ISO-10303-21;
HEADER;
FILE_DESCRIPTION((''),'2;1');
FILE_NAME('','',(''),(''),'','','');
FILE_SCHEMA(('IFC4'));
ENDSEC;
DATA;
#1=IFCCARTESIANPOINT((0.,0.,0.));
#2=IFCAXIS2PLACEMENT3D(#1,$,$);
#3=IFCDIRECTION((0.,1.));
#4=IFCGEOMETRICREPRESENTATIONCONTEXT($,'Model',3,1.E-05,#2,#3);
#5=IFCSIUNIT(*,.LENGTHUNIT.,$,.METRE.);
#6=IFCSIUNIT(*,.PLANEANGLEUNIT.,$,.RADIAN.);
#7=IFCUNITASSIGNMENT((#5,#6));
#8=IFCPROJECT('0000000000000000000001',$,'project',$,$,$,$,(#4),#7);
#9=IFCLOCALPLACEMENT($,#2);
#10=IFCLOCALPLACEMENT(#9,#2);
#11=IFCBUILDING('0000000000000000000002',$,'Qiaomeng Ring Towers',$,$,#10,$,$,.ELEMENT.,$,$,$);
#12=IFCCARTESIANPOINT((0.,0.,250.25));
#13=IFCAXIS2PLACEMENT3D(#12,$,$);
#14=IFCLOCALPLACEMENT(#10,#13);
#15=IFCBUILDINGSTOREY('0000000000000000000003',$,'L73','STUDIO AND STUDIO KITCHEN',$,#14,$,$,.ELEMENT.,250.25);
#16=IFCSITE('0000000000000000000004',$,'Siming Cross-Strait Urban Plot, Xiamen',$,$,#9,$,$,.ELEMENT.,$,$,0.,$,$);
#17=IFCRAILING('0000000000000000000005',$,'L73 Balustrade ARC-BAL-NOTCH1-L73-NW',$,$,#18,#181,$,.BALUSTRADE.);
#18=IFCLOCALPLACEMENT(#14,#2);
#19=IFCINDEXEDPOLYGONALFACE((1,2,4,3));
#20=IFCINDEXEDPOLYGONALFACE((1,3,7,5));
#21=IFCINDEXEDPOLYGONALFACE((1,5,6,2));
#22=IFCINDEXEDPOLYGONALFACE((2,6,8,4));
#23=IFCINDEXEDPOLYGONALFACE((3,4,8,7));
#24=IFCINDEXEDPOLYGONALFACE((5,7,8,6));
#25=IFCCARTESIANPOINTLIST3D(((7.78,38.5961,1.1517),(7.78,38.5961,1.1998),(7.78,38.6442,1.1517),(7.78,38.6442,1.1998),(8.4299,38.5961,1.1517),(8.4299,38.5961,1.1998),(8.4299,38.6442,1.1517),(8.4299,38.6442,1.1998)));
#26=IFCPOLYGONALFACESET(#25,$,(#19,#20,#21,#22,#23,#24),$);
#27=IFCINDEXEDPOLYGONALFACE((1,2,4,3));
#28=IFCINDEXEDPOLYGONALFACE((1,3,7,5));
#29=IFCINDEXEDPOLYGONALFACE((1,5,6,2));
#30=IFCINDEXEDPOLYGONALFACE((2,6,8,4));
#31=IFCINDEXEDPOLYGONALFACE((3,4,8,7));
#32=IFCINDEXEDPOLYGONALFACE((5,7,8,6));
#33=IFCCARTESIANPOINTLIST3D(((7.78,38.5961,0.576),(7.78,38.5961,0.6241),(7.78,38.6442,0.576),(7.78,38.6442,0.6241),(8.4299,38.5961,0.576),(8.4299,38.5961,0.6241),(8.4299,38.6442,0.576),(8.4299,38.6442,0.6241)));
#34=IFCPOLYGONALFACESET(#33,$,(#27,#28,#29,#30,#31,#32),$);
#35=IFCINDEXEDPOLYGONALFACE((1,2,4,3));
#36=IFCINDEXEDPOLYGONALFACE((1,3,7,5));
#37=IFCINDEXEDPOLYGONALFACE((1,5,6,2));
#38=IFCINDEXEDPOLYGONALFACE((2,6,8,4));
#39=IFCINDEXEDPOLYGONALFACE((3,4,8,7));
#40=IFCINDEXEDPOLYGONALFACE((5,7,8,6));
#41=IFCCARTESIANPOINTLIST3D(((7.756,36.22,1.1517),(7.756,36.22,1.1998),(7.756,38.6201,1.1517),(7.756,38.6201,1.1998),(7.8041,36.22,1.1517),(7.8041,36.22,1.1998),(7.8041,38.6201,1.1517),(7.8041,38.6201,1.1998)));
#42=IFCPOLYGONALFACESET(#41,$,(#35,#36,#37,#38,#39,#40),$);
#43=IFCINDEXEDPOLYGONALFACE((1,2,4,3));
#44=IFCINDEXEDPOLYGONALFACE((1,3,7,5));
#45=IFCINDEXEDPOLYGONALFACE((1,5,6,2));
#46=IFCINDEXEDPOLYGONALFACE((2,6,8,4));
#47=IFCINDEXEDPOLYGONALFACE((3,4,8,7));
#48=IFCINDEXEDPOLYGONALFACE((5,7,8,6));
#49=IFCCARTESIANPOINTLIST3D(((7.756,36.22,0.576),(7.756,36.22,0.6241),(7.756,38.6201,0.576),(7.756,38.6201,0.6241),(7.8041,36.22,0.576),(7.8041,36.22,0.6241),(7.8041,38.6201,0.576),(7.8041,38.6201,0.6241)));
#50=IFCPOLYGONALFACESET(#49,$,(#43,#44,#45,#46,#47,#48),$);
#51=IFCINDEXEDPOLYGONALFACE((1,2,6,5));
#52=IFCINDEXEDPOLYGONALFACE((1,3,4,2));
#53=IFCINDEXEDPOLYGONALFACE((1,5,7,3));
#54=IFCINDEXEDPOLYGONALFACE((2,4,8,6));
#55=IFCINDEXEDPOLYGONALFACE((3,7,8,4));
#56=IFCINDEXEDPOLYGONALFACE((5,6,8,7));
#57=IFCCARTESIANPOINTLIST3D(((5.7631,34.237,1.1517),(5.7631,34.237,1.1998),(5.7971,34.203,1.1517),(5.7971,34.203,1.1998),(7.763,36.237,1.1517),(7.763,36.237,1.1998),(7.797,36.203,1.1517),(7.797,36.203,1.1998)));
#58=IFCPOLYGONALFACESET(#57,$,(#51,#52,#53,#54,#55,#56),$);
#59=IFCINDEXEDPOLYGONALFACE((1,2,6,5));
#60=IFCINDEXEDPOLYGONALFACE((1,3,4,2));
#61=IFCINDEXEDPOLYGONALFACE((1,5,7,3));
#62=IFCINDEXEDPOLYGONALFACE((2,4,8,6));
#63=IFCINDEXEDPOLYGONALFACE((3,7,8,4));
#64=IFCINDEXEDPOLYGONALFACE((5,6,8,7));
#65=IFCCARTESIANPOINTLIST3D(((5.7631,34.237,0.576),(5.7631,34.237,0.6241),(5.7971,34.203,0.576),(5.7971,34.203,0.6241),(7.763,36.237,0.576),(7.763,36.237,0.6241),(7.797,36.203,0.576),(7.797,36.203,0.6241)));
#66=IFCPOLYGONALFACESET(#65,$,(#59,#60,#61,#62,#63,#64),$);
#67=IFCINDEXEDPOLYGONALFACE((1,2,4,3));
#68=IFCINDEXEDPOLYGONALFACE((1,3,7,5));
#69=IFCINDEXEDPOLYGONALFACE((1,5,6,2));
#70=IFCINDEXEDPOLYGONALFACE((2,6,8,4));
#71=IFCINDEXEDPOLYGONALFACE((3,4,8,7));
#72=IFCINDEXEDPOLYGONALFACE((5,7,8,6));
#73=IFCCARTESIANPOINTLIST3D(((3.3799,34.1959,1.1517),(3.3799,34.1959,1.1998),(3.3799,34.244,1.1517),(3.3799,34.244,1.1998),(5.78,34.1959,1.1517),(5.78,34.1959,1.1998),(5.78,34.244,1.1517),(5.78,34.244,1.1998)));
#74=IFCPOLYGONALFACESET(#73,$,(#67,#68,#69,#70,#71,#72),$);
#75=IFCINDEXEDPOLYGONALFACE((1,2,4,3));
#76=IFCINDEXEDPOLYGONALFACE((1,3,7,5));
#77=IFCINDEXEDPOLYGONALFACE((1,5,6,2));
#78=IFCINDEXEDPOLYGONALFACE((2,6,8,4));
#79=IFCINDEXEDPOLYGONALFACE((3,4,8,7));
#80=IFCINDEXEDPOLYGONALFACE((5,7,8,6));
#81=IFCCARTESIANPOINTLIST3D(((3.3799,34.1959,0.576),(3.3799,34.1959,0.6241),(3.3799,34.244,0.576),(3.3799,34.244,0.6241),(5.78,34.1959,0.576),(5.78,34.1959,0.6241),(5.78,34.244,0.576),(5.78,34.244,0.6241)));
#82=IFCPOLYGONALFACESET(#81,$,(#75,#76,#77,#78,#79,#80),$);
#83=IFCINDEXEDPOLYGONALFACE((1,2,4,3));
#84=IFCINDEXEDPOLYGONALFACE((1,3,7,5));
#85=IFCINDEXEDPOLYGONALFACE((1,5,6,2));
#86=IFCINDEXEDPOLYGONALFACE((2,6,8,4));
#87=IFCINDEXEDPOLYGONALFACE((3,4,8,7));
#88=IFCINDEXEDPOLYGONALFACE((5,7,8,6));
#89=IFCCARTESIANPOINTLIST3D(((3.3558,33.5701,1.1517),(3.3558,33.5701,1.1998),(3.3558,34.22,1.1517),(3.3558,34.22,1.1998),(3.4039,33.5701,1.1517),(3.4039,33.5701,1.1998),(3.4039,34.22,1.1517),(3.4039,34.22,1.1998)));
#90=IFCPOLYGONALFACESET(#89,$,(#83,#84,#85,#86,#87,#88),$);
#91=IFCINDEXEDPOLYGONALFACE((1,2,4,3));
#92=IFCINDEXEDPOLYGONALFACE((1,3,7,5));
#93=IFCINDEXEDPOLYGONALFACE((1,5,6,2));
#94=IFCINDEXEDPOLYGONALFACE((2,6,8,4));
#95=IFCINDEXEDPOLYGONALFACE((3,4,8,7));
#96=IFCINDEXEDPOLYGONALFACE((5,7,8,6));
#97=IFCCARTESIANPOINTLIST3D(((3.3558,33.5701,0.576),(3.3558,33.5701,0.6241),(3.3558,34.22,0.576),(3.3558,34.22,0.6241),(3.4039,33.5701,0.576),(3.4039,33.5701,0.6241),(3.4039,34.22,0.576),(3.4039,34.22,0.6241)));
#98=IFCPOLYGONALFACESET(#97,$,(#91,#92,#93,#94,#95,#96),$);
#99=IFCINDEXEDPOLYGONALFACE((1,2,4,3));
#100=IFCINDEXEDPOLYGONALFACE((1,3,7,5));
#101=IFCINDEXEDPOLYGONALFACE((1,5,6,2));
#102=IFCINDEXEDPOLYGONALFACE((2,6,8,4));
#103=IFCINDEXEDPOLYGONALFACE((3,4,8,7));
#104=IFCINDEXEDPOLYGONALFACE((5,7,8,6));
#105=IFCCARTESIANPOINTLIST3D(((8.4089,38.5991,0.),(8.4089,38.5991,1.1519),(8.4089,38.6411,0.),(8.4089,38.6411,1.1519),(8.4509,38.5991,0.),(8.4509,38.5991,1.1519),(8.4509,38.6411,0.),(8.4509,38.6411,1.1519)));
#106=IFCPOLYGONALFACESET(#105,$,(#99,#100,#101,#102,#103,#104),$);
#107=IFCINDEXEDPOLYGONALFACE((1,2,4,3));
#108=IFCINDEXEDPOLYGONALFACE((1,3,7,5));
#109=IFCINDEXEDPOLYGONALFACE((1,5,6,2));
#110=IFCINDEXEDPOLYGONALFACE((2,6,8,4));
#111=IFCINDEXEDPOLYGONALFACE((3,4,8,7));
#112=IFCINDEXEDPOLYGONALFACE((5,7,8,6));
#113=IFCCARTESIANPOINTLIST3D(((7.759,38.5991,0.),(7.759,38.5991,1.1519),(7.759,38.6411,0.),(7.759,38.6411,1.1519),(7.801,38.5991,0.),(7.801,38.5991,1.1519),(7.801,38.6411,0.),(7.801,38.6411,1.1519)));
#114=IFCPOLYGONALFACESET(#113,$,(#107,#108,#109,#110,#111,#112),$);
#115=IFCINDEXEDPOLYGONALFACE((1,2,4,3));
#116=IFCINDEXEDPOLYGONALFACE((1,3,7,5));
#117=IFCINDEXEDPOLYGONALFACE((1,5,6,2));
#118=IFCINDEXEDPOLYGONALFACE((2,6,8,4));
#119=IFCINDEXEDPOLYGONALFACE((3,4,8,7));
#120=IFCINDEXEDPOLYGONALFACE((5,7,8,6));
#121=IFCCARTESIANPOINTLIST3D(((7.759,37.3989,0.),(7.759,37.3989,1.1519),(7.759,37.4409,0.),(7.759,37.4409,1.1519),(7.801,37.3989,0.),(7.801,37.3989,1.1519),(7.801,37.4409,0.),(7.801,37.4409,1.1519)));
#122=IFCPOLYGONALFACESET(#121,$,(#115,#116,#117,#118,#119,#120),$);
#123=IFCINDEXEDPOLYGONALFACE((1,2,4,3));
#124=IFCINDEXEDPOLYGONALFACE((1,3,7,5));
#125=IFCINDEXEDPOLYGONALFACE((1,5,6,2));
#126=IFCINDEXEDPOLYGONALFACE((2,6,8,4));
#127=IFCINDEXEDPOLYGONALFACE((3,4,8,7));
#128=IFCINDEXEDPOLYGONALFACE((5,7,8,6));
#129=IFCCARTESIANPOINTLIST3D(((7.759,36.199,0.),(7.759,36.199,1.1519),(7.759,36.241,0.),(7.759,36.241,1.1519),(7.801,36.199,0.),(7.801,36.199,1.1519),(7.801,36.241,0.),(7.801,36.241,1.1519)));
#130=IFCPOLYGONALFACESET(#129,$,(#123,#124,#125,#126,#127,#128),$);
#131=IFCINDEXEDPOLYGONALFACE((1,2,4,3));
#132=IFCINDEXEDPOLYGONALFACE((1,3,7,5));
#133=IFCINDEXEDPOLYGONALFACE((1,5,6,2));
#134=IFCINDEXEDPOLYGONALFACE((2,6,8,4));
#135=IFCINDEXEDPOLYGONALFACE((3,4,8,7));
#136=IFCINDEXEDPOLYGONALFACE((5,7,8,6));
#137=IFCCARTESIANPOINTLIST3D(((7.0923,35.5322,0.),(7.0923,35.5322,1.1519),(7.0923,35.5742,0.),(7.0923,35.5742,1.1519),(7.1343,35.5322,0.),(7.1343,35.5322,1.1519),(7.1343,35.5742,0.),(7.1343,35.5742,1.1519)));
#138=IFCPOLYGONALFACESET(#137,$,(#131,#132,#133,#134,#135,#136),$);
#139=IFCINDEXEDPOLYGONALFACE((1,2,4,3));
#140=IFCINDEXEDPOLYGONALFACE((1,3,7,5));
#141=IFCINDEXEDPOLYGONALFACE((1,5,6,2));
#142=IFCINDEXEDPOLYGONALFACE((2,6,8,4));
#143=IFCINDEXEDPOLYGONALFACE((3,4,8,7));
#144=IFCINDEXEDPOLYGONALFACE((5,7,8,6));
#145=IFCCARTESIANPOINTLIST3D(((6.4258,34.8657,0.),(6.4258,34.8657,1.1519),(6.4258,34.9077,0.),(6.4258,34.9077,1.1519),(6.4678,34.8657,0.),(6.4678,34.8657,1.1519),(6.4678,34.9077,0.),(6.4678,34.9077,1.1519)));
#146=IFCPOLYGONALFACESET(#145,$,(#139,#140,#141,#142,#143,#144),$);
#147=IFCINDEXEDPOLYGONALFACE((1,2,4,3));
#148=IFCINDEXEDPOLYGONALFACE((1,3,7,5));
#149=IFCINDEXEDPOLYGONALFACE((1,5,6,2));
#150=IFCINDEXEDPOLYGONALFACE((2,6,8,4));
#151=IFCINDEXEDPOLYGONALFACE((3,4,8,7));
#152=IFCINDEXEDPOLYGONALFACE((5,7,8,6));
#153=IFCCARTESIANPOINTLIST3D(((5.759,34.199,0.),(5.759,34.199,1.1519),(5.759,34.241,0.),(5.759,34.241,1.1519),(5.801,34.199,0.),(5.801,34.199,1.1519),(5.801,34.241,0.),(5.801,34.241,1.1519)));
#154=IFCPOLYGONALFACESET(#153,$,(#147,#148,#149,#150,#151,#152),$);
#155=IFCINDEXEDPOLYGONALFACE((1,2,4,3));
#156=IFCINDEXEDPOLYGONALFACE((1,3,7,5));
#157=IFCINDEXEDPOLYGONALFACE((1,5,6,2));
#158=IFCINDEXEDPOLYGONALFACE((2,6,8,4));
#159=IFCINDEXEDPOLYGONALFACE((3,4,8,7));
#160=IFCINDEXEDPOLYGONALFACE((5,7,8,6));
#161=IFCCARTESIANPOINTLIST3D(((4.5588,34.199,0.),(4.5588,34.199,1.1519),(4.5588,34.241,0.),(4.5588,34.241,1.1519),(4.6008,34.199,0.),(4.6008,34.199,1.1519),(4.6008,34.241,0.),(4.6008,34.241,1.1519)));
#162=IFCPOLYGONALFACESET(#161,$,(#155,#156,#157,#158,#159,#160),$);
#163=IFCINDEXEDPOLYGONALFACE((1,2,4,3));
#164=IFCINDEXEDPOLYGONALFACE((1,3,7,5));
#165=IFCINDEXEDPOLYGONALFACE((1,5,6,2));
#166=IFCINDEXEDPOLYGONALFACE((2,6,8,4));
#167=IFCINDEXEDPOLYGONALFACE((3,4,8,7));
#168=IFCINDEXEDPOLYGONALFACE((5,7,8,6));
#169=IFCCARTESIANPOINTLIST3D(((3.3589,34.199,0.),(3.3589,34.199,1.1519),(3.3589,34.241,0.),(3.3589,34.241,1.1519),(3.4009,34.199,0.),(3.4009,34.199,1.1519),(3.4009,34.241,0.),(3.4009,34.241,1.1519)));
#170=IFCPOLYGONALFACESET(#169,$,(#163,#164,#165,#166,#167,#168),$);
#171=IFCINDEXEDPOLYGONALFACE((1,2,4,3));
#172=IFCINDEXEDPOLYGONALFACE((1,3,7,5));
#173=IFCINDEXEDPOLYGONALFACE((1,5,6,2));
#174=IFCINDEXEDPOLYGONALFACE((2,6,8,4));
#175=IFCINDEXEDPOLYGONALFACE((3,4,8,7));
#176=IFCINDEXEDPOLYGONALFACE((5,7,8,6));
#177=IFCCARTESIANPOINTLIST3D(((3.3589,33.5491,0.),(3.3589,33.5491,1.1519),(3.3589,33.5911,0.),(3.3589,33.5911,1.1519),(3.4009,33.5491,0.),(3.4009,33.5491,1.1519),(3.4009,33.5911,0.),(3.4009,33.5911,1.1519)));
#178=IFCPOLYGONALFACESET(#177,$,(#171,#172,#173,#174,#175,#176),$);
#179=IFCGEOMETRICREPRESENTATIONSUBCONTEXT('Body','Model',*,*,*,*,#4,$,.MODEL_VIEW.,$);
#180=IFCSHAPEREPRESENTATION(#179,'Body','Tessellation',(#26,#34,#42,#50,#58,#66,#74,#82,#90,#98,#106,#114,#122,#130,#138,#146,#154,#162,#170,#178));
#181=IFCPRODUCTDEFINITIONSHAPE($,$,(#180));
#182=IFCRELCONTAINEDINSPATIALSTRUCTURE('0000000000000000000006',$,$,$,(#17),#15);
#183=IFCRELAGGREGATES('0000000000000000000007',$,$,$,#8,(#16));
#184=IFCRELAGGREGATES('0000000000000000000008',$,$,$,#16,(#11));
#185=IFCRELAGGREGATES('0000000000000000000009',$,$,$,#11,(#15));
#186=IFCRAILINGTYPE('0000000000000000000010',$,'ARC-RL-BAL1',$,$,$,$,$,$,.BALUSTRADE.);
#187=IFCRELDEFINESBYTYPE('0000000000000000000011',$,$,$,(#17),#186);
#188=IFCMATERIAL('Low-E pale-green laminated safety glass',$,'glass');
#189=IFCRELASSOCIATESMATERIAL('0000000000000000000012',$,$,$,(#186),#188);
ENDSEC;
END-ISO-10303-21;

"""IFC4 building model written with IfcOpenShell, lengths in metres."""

from ifc_helpers import new_model, si_unit, direction, frame, origin, origin_2d, place, context, subcontext, project, spatial, rectangle, extrude, material, type_object, element, save


model = new_model("IFC4")

# Units and contexts
model_context = context("Model", 3, precision=1e-05, world=origin(), true_north=direction((0.0, 1.0)))
body_context = subcontext(model_context, "Body", "Model", "MODEL_VIEW")
ifc_project = project(units=[si_unit("LENGTHUNIT", "METRE"), si_unit("PLANEANGLEUNIT", "RADIAN")], contexts=[model_context])

# Site, building, storey
site_placement = place(None, origin())
site = spatial("IfcSite", under=ifc_project, at=site_placement, Name="Siming Cross-Strait Urban Plot, Xiamen", CompositionType="ELEMENT", RefElevation=0.0)
building_placement = place(site_placement, origin())
building = spatial("IfcBuilding", under=site, at=building_placement, Name="Qiaomeng Ring Towers", CompositionType="ELEMENT")
storey_placement = place(building_placement, frame((0.0, 0.0, 250.25)))
storey = spatial("IfcBuildingStorey", under=building, at=storey_placement, Name="L73", Description="STUDIO AND STUDIO KITCHEN", CompositionType="ELEMENT", Elevation=250.25)

# Railing
ifc_material_1 = material(Name="Low-E pale-green laminated safety glass", Category="glass")
railing_type = type_object("IfcRailingType", Name="ARC-RL-BAL1", PredefinedType="BALUSTRADE", material=ifc_material_1)
railing_placement = place(storey_placement, frame((8.4299, 38.6201, 0.0)))
element("IfcRailing", 1, at=railing_placement, inside=storey, type_object=railing_type, Name="L73 Balustrade ARC-BAL-NOTCH1-L73-NW", PredefinedType="BALUSTRADE", context=body_context, shape_type="SweptSolid", body=[
    extrude(rectangle(XDim=0.0481, YDim=0.0481, at=origin_2d()), frame((0.0, 0.0, 1.1758), z_axis=(-1.0, 0.0, 0.0), x_axis=(0.0, -1.0, 0.0)), (0.0, 0.0, 1.0), 0.6499),
    extrude(rectangle(XDim=0.0481, YDim=0.0481, at=origin_2d()), frame((0.0, 0.0, 0.6001), z_axis=(-1.0, 0.0, 0.0), x_axis=(0.0, -1.0, 0.0)), (0.0, 0.0, 1.0), 0.6499),
    extrude(rectangle(XDim=0.0481, YDim=0.0481, at=origin_2d()), frame((-0.6499, 0.0, 1.1758), z_axis=(0.0, -1.0, 0.0), x_axis=(1.0, 0.0, 0.0)), (0.0, 0.0, 1.0), 2.4001),
    extrude(rectangle(XDim=0.0481, YDim=0.0481, at=origin_2d()), frame((-0.6499, 0.0, 0.6001), z_axis=(0.0, -1.0, 0.0), x_axis=(1.0, 0.0, 0.0)), (0.0, 0.0, 1.0), 2.4001),
    extrude(rectangle(XDim=0.0481, YDim=0.0481, at=origin_2d()), frame((-0.6499, -2.4001, 1.1758), z_axis=(-0.707107, -0.707107, 0.0), x_axis=(0.707107, -0.707107, 0.0)), (0.0, 0.0, 1.0), 2.8284),
    extrude(rectangle(XDim=0.0481, YDim=0.0481, at=origin_2d()), frame((-0.6499, -2.4001, 0.6001), z_axis=(-0.707107, -0.707107, 0.0), x_axis=(0.707107, -0.707107, 0.0)), (0.0, 0.0, 1.0), 2.8284),
    extrude(rectangle(XDim=0.0481, YDim=0.0481, at=origin_2d()), frame((-2.6499, -4.4001, 1.1758), z_axis=(-1.0, 0.0, 0.0), x_axis=(0.0, -1.0, 0.0)), (0.0, 0.0, 1.0), 2.4001),
    extrude(rectangle(XDim=0.0481, YDim=0.0481, at=origin_2d()), frame((-2.6499, -4.4001, 0.6001), z_axis=(-1.0, 0.0, 0.0), x_axis=(0.0, -1.0, 0.0)), (0.0, 0.0, 1.0), 2.4001),
    extrude(rectangle(XDim=0.0481, YDim=0.0481, at=origin_2d()), frame((-5.05, -4.4001, 1.1758), z_axis=(0.0, -1.0, 0.0), x_axis=(1.0, 0.0, 0.0)), (0.0, 0.0, 1.0), 0.6499),
    extrude(rectangle(XDim=0.0481, YDim=0.0481, at=origin_2d()), frame((-5.05, -4.4001, 0.6001), z_axis=(0.0, -1.0, 0.0), x_axis=(1.0, 0.0, 0.0)), (0.0, 0.0, 1.0), 0.6499),
    extrude(rectangle(XDim=0.042, YDim=0.042, at=origin_2d()), origin(), (0.0, 0.0, 1.0), 1.1519),
    extrude(rectangle(XDim=0.042, YDim=0.042, at=origin_2d()), frame((-0.6499, 0.0, 0.0)), (0.0, 0.0, 1.0), 1.1519),
    extrude(rectangle(XDim=0.042, YDim=0.042, at=origin_2d()), frame((-0.6499, -1.2002, 0.0)), (0.0, 0.0, 1.0), 1.1519),
    extrude(rectangle(XDim=0.042, YDim=0.042, at=origin_2d()), frame((-0.6499, -2.4001, 0.0)), (0.0, 0.0, 1.0), 1.1519),
    extrude(rectangle(XDim=0.042, YDim=0.042, at=origin_2d()), frame((-1.3167, -3.0669, 0.0)), (0.0, 0.0, 1.0), 1.1519),
    extrude(rectangle(XDim=0.042, YDim=0.042, at=origin_2d()), frame((-1.9832, -3.7334, 0.0)), (0.0, 0.0, 1.0), 1.1519),
    extrude(rectangle(XDim=0.042, YDim=0.042, at=origin_2d()), frame((-2.6499, -4.4001, 0.0)), (0.0, 0.0, 1.0), 1.1519),
    extrude(rectangle(XDim=0.042, YDim=0.042, at=origin_2d()), frame((-3.8501, -4.4001, 0.0)), (0.0, 0.0, 1.0), 1.1519),
    extrude(rectangle(XDim=0.042, YDim=0.042, at=origin_2d()), frame((-5.05, -4.4001, 0.0)), (0.0, 0.0, 1.0), 1.1519),
    extrude(rectangle(XDim=0.042, YDim=0.042, at=origin_2d()), frame((-5.05, -5.05, 0.0)), (0.0, 0.0, 1.0), 1.1519),
])

save(model, "model.ifc")
